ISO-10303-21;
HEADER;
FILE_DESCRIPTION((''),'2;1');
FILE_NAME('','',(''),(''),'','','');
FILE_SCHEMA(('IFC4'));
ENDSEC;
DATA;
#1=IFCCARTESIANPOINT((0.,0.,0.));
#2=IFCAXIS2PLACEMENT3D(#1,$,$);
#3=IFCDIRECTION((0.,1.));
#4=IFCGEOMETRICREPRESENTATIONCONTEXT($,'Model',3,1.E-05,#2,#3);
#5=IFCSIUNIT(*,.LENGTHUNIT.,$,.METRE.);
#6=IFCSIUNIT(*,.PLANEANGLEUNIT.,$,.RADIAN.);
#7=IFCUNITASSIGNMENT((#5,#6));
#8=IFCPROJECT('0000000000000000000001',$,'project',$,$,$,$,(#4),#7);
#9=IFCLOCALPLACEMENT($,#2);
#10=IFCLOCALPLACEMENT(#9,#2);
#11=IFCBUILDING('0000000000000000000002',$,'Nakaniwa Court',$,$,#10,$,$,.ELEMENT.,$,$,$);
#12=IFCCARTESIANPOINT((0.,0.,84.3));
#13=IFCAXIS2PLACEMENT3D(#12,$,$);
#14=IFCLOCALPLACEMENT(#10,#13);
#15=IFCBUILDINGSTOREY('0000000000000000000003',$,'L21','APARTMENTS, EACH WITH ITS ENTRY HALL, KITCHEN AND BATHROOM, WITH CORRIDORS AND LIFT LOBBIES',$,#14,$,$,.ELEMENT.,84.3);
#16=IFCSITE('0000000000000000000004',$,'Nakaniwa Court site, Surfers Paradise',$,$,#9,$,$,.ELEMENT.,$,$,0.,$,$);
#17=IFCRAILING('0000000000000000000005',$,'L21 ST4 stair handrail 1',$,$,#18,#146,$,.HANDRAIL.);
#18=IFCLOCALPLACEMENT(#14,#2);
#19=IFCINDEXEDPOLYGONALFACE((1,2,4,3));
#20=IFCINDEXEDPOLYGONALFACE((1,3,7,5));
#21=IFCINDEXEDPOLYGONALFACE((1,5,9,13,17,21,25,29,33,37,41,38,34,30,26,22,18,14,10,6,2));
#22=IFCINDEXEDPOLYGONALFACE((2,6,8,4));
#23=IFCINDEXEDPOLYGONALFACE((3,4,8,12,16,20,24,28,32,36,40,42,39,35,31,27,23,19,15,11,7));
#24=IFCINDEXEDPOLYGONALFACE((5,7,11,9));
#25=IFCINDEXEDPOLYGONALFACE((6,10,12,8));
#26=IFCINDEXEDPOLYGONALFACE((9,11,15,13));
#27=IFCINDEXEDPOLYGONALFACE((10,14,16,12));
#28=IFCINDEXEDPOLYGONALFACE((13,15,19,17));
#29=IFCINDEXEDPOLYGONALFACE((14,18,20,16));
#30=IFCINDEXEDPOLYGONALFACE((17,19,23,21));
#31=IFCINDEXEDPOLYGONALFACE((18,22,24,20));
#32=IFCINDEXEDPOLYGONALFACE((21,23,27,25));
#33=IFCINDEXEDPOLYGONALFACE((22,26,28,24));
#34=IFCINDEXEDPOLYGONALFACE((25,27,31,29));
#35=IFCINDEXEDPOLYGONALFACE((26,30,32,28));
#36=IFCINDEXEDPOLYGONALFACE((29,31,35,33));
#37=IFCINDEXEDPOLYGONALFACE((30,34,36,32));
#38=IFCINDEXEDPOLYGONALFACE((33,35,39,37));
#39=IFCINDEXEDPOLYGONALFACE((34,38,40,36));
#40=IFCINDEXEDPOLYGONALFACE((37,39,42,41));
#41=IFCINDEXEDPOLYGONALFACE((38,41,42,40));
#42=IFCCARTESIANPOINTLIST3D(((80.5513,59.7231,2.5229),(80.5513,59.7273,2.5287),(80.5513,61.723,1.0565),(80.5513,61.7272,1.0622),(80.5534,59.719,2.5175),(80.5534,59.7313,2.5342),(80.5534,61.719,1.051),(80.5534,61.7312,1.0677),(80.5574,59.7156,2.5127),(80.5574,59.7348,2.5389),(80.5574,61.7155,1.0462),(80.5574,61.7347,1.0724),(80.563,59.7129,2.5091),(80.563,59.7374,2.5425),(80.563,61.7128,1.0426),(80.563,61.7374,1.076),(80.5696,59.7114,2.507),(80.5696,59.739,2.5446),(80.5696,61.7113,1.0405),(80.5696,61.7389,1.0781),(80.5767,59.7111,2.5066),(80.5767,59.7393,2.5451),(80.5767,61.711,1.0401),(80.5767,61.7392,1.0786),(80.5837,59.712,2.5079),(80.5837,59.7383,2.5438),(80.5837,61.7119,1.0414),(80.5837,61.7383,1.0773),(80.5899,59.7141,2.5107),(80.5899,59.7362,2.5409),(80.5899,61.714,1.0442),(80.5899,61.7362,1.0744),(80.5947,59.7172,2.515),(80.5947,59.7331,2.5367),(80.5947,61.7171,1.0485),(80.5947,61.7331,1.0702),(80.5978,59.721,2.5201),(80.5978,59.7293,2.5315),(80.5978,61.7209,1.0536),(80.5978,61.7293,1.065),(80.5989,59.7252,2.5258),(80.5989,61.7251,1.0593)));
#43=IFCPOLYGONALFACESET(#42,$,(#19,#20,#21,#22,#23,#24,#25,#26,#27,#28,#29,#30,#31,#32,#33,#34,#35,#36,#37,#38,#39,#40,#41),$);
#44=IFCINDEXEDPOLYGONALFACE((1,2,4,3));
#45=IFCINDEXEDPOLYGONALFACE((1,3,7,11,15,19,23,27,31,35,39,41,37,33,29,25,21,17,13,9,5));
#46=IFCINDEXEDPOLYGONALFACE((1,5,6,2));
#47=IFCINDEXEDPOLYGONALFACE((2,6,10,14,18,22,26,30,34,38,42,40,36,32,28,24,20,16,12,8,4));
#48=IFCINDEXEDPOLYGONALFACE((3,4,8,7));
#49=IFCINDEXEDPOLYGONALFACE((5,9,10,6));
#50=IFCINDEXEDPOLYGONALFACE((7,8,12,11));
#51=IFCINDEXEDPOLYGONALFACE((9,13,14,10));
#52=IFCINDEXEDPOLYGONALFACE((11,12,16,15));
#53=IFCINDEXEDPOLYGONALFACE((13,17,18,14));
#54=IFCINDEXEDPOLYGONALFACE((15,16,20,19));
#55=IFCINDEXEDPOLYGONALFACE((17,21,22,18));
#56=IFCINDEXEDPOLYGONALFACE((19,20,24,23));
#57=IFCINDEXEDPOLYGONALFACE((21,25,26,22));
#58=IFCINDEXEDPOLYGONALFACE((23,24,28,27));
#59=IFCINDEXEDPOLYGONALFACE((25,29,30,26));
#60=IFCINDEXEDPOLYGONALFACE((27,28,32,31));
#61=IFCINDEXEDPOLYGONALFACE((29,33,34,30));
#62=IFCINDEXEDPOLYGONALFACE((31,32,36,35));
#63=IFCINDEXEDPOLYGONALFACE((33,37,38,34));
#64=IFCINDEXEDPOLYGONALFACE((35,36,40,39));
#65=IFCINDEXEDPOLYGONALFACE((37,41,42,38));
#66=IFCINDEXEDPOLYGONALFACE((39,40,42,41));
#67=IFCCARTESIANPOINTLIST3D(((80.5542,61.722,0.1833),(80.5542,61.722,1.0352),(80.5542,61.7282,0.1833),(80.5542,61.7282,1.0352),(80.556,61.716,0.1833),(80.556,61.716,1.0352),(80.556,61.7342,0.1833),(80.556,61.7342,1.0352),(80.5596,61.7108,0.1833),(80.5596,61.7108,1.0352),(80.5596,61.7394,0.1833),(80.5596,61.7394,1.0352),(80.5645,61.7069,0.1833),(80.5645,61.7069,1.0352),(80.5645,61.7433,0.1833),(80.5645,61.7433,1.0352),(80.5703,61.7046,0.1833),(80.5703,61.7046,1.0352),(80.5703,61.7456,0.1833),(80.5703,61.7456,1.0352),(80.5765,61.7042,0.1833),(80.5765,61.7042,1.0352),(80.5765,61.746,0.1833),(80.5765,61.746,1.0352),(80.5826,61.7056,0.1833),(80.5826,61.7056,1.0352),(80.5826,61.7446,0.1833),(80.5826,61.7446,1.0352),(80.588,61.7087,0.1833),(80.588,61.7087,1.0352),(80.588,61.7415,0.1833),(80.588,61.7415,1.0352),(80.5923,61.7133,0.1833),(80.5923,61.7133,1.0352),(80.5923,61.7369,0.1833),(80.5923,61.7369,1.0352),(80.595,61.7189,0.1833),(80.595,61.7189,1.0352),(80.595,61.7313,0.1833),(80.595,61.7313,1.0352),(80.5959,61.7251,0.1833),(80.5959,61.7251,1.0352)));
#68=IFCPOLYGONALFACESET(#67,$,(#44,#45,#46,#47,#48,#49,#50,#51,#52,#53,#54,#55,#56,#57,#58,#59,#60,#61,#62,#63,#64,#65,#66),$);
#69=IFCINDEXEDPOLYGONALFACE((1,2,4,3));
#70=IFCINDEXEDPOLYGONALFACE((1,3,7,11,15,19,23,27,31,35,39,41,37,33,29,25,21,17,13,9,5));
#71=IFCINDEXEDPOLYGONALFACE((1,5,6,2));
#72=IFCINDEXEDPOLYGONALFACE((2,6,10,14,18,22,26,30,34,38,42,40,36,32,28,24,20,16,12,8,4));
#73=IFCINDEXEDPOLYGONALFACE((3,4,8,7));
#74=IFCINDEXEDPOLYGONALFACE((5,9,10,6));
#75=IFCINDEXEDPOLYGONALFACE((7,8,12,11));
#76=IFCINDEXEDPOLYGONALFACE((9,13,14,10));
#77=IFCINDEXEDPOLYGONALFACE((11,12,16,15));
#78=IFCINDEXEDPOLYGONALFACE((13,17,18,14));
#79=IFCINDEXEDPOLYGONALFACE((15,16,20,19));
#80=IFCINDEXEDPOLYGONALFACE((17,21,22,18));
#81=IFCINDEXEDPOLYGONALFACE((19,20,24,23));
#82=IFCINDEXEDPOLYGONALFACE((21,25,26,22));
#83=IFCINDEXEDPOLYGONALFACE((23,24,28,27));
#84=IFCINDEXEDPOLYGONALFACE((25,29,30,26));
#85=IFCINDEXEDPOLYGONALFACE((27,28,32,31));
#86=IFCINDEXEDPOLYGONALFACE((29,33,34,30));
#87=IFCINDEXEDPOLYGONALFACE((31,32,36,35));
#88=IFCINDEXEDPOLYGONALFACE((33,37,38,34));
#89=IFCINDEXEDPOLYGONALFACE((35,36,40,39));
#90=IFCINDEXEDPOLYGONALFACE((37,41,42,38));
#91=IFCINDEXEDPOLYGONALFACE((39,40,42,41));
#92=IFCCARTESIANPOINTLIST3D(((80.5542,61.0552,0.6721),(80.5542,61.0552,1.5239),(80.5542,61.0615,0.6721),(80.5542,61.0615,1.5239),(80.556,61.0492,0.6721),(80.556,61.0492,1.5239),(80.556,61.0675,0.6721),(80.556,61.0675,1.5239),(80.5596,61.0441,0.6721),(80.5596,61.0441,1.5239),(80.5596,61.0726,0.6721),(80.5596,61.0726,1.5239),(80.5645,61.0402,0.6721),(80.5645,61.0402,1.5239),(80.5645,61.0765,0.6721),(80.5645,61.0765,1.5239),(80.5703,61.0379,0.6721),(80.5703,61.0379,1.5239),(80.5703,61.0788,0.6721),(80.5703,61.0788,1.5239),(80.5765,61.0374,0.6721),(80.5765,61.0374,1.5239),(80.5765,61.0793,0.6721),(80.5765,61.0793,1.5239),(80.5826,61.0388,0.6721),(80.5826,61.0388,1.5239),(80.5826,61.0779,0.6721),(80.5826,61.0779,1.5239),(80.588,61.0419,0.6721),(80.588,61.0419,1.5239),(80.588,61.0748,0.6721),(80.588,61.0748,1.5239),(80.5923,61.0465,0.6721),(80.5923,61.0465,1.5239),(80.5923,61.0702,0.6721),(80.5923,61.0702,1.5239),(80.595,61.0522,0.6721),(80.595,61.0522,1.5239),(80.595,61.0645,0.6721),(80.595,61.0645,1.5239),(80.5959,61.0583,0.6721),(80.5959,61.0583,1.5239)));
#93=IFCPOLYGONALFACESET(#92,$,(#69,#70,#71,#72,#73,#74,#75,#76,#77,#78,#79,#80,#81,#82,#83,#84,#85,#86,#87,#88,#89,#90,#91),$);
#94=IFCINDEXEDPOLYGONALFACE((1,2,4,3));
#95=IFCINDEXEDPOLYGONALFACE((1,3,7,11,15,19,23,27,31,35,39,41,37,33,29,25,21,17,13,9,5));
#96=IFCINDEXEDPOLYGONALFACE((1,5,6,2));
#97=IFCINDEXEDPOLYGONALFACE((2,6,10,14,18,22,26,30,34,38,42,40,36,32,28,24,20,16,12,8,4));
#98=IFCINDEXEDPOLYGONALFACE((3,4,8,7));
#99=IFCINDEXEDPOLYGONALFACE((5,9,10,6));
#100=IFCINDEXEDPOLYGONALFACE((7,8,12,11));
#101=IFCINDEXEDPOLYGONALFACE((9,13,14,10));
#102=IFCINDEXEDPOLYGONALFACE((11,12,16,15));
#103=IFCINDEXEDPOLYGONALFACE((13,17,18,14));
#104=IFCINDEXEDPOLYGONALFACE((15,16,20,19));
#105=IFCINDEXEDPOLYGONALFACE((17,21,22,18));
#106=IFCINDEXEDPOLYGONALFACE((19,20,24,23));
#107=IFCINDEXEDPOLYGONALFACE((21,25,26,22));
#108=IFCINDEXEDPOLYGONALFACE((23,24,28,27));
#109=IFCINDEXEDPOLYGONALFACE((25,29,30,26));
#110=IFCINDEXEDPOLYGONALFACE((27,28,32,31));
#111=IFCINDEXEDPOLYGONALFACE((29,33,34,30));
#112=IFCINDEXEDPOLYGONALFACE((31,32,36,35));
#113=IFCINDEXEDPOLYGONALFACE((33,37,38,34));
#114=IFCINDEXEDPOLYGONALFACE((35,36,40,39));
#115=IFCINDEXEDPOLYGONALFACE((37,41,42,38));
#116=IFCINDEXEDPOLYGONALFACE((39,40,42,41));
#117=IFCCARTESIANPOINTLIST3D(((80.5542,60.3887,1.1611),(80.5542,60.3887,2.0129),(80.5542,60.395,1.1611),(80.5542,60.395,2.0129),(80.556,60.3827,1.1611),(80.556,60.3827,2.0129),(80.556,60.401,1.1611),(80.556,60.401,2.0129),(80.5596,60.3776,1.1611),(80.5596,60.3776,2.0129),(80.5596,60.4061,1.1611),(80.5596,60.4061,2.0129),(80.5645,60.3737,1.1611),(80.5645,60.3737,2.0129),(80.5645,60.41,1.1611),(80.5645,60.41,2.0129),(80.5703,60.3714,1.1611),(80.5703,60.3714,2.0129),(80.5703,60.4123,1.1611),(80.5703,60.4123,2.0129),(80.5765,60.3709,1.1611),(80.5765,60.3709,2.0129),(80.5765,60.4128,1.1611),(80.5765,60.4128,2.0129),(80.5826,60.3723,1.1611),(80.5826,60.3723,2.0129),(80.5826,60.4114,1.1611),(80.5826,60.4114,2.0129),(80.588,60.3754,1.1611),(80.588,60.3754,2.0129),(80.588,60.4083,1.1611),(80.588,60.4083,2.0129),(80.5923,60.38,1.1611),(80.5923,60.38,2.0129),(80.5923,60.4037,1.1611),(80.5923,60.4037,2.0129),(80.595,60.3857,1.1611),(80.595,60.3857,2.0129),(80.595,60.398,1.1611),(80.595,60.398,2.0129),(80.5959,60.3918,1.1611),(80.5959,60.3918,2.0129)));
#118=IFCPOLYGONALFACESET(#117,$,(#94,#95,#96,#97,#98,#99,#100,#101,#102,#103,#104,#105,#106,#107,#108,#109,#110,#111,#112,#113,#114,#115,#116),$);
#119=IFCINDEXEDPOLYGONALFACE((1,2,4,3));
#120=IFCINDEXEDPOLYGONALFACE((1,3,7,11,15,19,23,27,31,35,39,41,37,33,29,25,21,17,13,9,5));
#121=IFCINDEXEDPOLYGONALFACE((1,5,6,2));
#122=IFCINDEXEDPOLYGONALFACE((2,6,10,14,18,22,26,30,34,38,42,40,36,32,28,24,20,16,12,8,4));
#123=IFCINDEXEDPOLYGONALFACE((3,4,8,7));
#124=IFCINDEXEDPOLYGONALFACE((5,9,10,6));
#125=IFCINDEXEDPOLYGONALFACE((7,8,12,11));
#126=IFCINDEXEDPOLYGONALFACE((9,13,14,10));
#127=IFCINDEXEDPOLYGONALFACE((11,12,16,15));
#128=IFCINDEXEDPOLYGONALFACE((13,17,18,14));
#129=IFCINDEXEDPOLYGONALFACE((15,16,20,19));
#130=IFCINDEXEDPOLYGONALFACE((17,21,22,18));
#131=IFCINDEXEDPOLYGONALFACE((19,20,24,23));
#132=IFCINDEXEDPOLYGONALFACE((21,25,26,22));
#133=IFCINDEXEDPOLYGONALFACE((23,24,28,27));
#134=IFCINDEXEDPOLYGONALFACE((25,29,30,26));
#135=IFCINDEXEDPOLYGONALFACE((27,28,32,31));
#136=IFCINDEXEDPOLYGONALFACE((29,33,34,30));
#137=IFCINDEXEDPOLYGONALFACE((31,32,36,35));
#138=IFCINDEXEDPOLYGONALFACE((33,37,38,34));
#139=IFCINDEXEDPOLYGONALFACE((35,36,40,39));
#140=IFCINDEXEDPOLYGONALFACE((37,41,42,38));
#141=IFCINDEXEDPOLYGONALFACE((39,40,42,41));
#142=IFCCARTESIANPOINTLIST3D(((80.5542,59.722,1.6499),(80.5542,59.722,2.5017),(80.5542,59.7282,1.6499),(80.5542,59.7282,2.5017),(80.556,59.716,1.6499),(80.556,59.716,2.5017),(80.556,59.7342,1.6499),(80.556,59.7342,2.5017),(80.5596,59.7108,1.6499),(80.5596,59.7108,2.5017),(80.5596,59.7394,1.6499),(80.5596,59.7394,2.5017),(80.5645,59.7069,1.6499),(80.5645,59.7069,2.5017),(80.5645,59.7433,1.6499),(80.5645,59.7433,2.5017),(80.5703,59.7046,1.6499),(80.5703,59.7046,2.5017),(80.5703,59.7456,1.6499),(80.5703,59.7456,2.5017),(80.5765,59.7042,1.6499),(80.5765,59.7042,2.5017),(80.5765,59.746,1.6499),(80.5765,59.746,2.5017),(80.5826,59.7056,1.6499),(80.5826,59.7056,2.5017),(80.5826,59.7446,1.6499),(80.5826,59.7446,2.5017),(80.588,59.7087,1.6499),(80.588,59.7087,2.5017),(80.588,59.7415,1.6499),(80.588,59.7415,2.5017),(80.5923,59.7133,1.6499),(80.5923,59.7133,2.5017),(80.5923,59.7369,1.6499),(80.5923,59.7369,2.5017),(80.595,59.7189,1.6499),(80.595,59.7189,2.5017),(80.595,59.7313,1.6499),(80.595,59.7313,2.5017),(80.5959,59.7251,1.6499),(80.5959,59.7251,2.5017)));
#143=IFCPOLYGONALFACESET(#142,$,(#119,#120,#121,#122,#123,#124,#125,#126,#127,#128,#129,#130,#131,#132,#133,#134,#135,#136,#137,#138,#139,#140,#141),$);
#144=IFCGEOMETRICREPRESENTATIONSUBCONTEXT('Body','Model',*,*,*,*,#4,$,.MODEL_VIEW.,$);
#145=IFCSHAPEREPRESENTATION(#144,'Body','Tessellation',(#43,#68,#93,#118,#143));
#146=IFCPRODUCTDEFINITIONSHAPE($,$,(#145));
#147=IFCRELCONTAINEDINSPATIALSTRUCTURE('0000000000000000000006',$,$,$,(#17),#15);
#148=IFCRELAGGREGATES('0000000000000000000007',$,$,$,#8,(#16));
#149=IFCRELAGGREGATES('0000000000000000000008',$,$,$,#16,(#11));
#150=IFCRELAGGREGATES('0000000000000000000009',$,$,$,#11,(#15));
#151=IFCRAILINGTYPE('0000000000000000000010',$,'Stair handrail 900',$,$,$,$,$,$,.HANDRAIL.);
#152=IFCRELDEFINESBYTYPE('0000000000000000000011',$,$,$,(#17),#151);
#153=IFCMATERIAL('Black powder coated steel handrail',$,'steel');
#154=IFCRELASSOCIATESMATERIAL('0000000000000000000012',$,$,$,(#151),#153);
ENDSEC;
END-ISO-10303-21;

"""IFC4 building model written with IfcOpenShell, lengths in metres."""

from ifc_helpers import new_model, si_unit, direction, frame, origin, origin_2d, place, context, subcontext, project, spatial, circle, extrude, material, type_object, element, save


model = new_model("IFC4")

# Units and contexts
model_context = context("Model", 3, precision=1e-05, world=origin(), true_north=direction((0.0, 1.0)))
body_context = subcontext(model_context, "Body", "Model", "MODEL_VIEW")
ifc_project = project(units=[si_unit("LENGTHUNIT", "METRE"), si_unit("PLANEANGLEUNIT", "RADIAN")], contexts=[model_context])

# Site, building, storey
site_placement = place(None, origin())
site = spatial("IfcSite", under=ifc_project, at=site_placement, Name="Nakaniwa Court site, Surfers Paradise", CompositionType="ELEMENT", RefElevation=0.0)
building_placement = place(site_placement, origin())
building = spatial("IfcBuilding", under=site, at=building_placement, Name="Nakaniwa Court", CompositionType="ELEMENT")
storey_placement = place(building_placement, frame((0.0, 0.0, 84.3)))
storey = spatial("IfcBuildingStorey", under=building, at=storey_placement, Name="L21", Description="APARTMENTS, EACH WITH ITS ENTRY HALL, KITCHEN AND BATHROOM, WITH CORRIDORS AND LIFT LOBBIES", CompositionType="ELEMENT", Elevation=84.3)

# Railing
ifc_material_1 = material(Name="Black powder coated steel handrail", Category="steel")
railing_type_1 = type_object("IfcRailingType", Name="Stair handrail 900", PredefinedType="HANDRAIL", material=ifc_material_1)
railing_1_placement = place(storey_placement, frame((80.575, 61.7251, 0.1833)))
element("IfcRailing", 1, at=railing_1_placement, inside=storey, type_object=railing_type_1, Name="L21 ST4 stair handrail 1", PredefinedType="HANDRAIL", context=body_context, shape_type="SweptSolid", body=[
    extrude(circle(Radius=0.0239, at=origin_2d()), frame((0.0, 0.0, 0.876), z_axis=(0.0, -0.806427, 0.591334), x_axis=(1.0, 0.0, 0.0)), (0.0, 0.0, 1.0), 2.48),
    extrude(circle(Radius=0.021, at=origin_2d()), origin(), (0.0, 0.0, 1.0), 0.8518),
    extrude(circle(Radius=0.021, at=origin_2d()), frame((0.0, -0.6667, 0.4888)), (0.0, 0.0, 1.0), 0.8518),
    extrude(circle(Radius=0.021, at=origin_2d()), frame((0.0, -1.3333, 0.9778)), (0.0, 0.0, 1.0), 0.8518),
    extrude(circle(Radius=0.021, at=origin_2d()), frame((0.0, -2.0, 1.4666)), (0.0, 0.0, 1.0), 0.8518),
])

save(model, "model.ifc")
